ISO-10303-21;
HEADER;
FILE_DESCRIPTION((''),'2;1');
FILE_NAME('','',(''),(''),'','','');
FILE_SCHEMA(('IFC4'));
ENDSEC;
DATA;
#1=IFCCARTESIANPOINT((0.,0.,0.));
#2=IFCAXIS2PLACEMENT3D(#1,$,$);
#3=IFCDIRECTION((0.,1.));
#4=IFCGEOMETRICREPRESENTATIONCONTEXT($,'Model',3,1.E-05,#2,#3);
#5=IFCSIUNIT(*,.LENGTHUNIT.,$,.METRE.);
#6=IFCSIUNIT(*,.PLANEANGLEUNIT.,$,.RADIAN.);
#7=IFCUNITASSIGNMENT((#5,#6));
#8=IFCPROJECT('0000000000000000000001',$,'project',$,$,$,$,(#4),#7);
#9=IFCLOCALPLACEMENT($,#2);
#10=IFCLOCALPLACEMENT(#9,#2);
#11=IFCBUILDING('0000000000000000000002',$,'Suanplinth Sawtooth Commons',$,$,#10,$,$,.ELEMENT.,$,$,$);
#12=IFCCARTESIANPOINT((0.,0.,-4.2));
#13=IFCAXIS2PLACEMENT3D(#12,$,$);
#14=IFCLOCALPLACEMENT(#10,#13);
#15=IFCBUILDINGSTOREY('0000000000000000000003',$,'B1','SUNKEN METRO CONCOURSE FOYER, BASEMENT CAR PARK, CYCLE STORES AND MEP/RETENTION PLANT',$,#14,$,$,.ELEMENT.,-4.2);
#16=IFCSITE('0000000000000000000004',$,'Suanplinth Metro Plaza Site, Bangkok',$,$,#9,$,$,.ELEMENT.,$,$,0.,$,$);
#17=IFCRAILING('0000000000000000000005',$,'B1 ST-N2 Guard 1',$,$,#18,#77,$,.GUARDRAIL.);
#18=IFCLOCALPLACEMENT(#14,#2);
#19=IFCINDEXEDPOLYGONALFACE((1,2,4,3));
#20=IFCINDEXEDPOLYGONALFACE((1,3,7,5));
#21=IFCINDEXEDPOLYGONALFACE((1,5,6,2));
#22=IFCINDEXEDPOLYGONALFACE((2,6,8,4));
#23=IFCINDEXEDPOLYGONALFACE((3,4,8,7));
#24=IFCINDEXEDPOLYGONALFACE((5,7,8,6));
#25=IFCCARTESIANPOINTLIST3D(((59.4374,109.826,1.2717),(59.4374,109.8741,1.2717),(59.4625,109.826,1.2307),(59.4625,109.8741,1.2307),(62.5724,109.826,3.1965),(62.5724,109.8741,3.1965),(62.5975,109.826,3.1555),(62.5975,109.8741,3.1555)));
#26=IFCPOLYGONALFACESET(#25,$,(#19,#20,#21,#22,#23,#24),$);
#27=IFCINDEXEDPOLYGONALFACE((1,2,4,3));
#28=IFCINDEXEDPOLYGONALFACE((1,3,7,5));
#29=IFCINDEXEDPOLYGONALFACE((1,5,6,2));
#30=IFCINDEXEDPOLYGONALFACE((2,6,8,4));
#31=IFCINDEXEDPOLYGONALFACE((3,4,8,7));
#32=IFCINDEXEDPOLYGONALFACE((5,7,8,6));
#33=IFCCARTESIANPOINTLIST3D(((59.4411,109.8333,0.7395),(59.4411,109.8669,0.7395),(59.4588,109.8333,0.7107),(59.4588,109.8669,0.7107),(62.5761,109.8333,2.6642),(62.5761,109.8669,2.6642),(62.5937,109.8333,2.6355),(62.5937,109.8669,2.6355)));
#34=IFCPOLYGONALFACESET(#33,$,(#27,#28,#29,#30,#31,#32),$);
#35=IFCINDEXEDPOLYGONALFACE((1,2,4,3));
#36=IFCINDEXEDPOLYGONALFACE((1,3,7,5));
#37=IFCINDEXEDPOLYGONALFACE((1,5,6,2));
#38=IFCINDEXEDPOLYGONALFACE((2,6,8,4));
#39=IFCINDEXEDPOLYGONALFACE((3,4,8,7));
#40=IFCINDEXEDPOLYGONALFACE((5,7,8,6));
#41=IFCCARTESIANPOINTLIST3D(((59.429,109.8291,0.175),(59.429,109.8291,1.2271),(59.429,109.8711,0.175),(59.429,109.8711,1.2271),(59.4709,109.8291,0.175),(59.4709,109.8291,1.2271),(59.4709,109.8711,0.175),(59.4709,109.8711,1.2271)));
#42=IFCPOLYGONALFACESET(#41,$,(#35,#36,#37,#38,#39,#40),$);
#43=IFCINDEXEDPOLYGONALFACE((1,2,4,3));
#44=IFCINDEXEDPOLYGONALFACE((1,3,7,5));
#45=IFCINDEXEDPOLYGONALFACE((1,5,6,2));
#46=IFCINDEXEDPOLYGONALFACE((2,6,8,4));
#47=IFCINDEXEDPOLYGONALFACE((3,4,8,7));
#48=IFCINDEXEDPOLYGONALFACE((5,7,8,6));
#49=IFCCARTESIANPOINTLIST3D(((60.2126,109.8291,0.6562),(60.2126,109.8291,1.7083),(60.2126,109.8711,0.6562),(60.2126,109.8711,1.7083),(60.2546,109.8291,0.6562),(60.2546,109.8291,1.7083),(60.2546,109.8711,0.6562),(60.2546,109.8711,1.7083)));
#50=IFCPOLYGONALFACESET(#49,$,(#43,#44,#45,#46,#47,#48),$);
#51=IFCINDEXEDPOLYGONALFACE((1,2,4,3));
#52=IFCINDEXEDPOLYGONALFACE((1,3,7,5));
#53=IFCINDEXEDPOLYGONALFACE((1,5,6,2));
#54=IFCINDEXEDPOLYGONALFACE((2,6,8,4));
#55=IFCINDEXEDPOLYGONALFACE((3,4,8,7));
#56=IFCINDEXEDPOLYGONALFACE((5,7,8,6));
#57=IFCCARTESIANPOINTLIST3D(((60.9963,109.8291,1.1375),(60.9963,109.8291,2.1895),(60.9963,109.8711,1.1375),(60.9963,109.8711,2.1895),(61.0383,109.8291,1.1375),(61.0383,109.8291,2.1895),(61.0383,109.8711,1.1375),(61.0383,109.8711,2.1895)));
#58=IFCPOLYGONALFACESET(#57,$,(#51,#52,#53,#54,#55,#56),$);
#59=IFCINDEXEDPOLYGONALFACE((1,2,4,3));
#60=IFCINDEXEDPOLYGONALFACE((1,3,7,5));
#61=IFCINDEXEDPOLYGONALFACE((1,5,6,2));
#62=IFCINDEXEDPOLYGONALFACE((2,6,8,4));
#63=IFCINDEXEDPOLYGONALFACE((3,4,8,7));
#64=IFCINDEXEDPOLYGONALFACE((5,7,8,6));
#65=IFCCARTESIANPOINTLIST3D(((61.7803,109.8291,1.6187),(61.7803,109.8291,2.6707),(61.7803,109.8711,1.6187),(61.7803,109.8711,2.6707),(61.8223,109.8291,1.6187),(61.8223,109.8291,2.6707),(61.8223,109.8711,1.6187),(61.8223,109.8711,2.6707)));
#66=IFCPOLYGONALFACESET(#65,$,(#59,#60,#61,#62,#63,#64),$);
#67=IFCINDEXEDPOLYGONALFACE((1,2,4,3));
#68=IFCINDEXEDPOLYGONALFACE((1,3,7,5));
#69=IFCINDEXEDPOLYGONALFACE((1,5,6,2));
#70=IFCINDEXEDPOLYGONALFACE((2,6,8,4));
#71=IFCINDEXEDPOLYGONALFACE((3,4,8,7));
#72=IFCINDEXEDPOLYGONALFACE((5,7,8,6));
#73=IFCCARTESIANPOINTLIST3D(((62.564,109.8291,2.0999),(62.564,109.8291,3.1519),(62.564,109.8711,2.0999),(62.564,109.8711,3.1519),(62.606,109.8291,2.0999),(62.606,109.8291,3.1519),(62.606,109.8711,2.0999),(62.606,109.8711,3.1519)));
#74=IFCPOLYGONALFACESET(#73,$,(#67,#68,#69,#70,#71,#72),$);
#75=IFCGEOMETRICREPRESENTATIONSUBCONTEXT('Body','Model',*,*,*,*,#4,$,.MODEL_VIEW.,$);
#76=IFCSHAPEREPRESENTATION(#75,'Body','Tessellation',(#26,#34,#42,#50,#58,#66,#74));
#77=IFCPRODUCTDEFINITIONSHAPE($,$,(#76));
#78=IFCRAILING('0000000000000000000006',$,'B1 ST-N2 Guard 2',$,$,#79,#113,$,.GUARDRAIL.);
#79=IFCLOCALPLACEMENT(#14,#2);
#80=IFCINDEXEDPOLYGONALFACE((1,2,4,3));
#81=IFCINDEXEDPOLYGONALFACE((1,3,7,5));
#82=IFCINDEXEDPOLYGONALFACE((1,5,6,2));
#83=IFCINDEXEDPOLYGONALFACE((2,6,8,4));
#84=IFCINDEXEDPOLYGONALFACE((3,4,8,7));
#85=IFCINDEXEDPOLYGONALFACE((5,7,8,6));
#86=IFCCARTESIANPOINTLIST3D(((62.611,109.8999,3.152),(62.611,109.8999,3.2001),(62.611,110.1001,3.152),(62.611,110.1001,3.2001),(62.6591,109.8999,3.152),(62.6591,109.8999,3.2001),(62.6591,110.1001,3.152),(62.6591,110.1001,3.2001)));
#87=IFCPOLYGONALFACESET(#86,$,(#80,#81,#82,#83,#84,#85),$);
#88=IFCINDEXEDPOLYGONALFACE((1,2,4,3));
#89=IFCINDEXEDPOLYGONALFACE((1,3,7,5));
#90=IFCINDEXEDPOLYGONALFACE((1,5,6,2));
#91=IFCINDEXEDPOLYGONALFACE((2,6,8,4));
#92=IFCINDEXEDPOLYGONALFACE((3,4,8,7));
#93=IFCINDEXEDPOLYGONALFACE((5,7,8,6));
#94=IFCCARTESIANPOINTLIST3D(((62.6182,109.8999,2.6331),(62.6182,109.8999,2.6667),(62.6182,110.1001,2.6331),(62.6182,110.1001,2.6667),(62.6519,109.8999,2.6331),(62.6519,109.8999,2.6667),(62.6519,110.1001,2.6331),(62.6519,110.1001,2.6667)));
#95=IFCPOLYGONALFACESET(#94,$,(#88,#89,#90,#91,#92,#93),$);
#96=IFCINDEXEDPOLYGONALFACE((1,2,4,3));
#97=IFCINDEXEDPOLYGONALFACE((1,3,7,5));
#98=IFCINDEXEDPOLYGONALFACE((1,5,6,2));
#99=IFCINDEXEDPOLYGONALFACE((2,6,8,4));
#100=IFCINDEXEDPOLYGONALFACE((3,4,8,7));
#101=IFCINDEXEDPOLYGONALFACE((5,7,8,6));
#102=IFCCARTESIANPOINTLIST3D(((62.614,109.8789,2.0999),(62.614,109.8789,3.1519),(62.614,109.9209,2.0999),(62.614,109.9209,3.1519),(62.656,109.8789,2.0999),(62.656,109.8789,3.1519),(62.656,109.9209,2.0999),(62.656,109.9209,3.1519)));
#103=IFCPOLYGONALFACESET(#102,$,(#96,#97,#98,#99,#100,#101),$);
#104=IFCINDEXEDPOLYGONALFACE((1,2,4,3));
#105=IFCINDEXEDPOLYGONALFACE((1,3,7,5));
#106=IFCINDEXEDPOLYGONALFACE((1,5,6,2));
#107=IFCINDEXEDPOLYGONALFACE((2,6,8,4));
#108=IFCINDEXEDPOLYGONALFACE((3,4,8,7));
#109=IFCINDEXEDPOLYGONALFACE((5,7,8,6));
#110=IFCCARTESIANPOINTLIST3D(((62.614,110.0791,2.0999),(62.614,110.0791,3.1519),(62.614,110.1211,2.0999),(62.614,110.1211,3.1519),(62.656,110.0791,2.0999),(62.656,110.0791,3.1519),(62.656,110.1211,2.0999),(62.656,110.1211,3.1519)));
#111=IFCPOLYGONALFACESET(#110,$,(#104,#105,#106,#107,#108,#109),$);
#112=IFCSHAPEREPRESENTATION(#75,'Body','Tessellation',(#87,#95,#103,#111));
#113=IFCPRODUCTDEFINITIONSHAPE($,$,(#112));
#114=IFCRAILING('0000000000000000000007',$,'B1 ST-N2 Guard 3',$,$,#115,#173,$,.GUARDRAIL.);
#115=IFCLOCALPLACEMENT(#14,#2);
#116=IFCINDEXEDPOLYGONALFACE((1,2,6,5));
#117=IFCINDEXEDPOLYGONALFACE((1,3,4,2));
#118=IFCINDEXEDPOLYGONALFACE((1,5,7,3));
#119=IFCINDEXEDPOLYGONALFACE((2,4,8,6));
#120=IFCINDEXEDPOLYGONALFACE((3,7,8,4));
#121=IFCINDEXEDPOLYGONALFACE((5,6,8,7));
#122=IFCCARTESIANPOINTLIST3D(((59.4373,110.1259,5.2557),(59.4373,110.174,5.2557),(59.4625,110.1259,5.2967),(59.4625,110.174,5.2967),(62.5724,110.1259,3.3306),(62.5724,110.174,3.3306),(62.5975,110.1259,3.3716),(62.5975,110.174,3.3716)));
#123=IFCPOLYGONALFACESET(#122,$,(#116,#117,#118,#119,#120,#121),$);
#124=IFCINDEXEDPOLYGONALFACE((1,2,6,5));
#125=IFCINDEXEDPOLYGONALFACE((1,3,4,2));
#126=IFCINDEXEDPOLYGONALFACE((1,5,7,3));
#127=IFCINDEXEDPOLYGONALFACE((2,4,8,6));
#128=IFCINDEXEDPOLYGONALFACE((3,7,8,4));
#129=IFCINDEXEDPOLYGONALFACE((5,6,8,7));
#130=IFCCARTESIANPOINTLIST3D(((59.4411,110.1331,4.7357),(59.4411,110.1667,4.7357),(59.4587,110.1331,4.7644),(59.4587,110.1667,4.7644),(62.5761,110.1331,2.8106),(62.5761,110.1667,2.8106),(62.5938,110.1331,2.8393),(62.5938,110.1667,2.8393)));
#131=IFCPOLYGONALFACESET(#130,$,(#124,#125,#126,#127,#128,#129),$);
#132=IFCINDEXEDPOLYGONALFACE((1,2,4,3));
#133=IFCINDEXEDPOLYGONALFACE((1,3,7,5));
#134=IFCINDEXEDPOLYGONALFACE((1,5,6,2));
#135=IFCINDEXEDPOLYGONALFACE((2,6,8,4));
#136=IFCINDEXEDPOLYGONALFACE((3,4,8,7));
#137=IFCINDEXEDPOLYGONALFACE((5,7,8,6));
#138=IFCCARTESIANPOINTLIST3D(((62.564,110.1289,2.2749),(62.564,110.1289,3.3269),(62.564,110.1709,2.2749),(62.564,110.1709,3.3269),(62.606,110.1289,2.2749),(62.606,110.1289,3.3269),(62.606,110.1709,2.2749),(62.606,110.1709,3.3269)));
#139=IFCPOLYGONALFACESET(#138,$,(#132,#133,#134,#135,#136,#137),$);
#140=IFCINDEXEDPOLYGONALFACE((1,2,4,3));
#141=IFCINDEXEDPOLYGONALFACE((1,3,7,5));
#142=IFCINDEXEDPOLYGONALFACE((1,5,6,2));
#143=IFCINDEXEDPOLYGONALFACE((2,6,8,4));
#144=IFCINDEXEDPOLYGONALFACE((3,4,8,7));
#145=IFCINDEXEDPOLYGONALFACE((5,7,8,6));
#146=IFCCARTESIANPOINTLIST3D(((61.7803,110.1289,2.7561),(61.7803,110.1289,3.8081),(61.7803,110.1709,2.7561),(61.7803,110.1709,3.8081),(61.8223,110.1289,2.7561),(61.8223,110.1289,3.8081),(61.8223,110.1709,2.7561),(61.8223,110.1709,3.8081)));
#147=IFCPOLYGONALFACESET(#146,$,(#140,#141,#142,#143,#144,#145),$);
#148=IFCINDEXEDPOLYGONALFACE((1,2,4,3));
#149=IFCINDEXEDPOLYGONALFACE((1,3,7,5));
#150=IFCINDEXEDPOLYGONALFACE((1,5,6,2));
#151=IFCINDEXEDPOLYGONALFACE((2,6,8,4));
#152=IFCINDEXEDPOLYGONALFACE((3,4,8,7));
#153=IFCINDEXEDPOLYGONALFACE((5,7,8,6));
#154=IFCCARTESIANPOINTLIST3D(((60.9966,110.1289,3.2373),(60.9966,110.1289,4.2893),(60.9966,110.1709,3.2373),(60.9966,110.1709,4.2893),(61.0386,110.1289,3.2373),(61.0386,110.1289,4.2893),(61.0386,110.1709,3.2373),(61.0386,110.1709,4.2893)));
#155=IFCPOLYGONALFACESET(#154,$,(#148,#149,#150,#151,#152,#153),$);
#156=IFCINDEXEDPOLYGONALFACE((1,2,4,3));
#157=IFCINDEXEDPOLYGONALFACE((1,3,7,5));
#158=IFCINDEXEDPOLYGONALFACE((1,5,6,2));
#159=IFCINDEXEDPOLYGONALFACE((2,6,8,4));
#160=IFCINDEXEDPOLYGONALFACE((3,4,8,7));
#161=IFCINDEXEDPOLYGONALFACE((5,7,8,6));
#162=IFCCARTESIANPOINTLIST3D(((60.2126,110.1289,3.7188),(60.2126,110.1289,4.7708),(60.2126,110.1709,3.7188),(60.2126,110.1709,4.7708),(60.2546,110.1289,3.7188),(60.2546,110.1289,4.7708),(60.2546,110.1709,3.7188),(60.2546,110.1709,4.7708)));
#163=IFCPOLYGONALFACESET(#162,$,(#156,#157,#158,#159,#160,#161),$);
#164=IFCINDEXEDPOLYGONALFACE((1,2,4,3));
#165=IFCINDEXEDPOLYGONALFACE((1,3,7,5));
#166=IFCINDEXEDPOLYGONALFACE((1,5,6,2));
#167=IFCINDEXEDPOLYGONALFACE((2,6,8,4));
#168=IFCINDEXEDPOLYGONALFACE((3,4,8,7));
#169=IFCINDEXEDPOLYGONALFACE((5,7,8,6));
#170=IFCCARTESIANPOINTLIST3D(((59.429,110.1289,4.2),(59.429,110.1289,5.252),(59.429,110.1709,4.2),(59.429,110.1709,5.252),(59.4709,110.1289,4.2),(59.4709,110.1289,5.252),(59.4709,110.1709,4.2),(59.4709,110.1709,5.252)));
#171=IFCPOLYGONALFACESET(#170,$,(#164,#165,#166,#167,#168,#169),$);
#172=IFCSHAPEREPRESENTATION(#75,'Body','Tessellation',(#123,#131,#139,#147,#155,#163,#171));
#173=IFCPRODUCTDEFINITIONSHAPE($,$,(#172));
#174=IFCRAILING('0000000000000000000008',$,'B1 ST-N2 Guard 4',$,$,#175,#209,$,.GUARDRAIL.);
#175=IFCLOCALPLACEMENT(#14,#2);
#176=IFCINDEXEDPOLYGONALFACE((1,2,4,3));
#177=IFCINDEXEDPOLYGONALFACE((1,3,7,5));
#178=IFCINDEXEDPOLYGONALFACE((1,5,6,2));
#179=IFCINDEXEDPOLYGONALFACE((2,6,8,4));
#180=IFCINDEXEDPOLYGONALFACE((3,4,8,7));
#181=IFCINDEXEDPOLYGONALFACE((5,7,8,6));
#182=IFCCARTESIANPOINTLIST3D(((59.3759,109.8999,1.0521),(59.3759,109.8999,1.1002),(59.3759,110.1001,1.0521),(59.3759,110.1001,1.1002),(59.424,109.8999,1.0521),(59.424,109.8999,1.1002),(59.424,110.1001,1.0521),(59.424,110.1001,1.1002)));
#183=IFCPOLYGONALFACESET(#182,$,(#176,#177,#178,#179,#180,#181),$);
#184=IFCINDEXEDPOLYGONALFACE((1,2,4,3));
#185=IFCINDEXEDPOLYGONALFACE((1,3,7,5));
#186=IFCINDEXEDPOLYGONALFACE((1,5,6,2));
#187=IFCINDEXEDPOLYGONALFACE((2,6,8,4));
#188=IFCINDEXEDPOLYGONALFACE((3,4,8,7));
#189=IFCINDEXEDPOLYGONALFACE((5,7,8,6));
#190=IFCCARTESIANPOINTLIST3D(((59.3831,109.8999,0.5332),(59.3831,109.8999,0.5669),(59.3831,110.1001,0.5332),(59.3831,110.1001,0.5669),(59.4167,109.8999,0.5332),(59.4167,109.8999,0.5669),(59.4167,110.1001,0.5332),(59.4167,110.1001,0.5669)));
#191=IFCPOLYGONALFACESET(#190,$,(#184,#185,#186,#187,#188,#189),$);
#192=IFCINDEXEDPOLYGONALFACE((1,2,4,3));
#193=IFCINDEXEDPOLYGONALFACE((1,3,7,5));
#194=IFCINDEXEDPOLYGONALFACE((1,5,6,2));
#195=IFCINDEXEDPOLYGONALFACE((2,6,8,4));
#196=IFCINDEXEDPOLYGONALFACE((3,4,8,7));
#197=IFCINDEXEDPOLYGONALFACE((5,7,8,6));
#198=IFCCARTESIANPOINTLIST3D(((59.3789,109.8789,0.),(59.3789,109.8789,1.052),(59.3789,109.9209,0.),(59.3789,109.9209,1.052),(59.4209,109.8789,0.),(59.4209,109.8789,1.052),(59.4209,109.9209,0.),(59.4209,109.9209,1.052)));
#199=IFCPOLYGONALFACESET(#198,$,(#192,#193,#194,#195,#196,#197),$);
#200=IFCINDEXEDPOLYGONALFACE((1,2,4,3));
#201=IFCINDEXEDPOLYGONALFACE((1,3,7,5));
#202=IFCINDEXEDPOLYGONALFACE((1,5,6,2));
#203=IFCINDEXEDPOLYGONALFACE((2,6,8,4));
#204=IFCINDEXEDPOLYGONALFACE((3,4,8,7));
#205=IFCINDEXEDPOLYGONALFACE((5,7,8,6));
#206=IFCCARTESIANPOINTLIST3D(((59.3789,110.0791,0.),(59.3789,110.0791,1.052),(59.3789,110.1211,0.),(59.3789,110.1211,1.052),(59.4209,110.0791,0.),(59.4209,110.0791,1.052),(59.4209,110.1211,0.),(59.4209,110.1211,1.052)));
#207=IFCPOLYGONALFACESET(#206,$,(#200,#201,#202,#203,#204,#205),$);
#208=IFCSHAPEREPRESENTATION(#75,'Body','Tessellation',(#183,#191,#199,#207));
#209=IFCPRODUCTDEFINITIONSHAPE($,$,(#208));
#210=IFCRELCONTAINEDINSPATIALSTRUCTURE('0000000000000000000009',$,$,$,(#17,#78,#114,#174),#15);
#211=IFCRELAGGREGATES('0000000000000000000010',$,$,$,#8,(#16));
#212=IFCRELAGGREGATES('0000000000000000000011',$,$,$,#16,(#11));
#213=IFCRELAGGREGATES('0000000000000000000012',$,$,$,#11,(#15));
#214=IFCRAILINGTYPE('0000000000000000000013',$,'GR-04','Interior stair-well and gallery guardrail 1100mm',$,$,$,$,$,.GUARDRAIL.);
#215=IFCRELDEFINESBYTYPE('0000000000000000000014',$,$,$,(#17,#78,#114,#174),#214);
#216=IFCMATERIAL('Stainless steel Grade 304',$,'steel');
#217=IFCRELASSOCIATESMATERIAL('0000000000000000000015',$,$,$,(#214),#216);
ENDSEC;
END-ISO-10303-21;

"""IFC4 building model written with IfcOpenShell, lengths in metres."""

from ifc_helpers import new_model, si_unit, direction, frame, origin, origin_2d, place, context, subcontext, project, spatial, rectangle, extrude, material, type_object, element, save


model = new_model("IFC4")

# Units and contexts
model_context = context("Model", 3, precision=1e-05, world=origin(), true_north=direction((0.0, 1.0)))
body_context = subcontext(model_context, "Body", "Model", "MODEL_VIEW")
ifc_project = project(units=[si_unit("LENGTHUNIT", "METRE"), si_unit("PLANEANGLEUNIT", "RADIAN")], contexts=[model_context])

# Site, building, storey
site_placement = place(None, origin())
site = spatial("IfcSite", under=ifc_project, at=site_placement, Name="Suanplinth Metro Plaza Site, Bangkok", CompositionType="ELEMENT", RefElevation=0.0)
building_placement = place(site_placement, origin())
building = spatial("IfcBuilding", under=site, at=building_placement, Name="Suanplinth Sawtooth Commons", CompositionType="ELEMENT")
storey_placement = place(building_placement, frame((0.0, 0.0, -4.2)))
storey = spatial("IfcBuildingStorey", under=building, at=storey_placement, Name="B1", Description="SUNKEN METRO CONCOURSE FOYER, BASEMENT CAR PARK, CYCLE STORES AND MEP/RETENTION PLANT", CompositionType="ELEMENT", Elevation=-4.2)

# Railings
ifc_material_1 = material(Name="Stainless steel Grade 304", Category="steel")
railing_type_1 = type_object("IfcRailingType", Name="GR-04", Description="Interior stair-well and gallery guardrail 1100mm", PredefinedType="GUARDRAIL", material=ifc_material_1)
railing_1_placement = place(storey_placement, frame((59.45, 109.8501, 0.175)))
element("IfcRailing", 1, at=railing_1_placement, inside=storey, type_object=railing_type_1, Name="B1 ST-N2 Guard 1", PredefinedType="GUARDRAIL", context=body_context, shape_type="SweptSolid", body=[
    extrude(rectangle(XDim=0.0481, YDim=0.0481, at=origin_2d()), frame((0.0, 0.0, 1.0762), z_axis=(0.852196, 0.0, 0.523223), x_axis=(0.0, 1.0, 0.0)), (0.0, 0.0, 1.0), 3.6787),
    extrude(rectangle(XDim=0.0337, YDim=0.0337, at=origin_2d()), frame((0.0, 0.0, 0.55), z_axis=(0.852196, 0.0, 0.523223), x_axis=(0.0, 1.0, 0.0)), (0.0, 0.0, 1.0), 3.6787),
    extrude(rectangle(XDim=0.042, YDim=0.042, at=origin_2d()), origin(), (0.0, 0.0, 1.0), 1.052),
    extrude(rectangle(XDim=0.042, YDim=0.042, at=origin_2d()), frame((0.7837, 0.0, 0.4812)), (0.0, 0.0, 1.0), 1.052),
    extrude(rectangle(XDim=0.042, YDim=0.042, at=origin_2d()), frame((1.5674, 0.0, 0.9624)), (0.0, 0.0, 1.0), 1.052),
    extrude(rectangle(XDim=0.042, YDim=0.042, at=origin_2d()), frame((2.3513, 0.0, 1.4436)), (0.0, 0.0, 1.0), 1.052),
    extrude(rectangle(XDim=0.042, YDim=0.042, at=origin_2d()), frame((3.135, 0.0, 1.9248)), (0.0, 0.0, 1.0), 1.052),
])
railing_2_placement = place(storey_placement, frame((62.635, 109.8999, 2.0999)))
element("IfcRailing", 2, at=railing_2_placement, inside=storey, type_object=railing_type_1, Name="B1 ST-N2 Guard 2", PredefinedType="GUARDRAIL", context=body_context, shape_type="SweptSolid", body=[
    extrude(rectangle(XDim=0.0481, YDim=0.0481, at=origin_2d()), frame((0.0, 0.0, 1.0762), z_axis=(0.0, 1.0, 0.0), x_axis=(-1.0, 0.0, 0.0)), (0.0, 0.0, 1.0), 0.2002),
    extrude(rectangle(XDim=0.0337, YDim=0.0337, at=origin_2d()), frame((0.0, 0.0, 0.55), z_axis=(0.0, 1.0, 0.0), x_axis=(-1.0, 0.0, 0.0)), (0.0, 0.0, 1.0), 0.2002),
    extrude(rectangle(XDim=0.042, YDim=0.042, at=origin_2d()), origin(), (0.0, 0.0, 1.0), 1.052),
    extrude(rectangle(XDim=0.042, YDim=0.042, at=origin_2d()), frame((0.0, 0.2002, 0.0)), (0.0, 0.0, 1.0), 1.052),
])
railing_3_placement = place(storey_placement, frame((62.585, 110.1499, 2.2749)))
element("IfcRailing", 3, at=railing_3_placement, inside=storey, type_object=railing_type_1, Name="B1 ST-N2 Guard 3", PredefinedType="GUARDRAIL", context=body_context, shape_type="SweptSolid", body=[
    extrude(rectangle(XDim=0.0481, YDim=0.0481, at=origin_2d()), frame((0.0, 0.0, 1.0762), z_axis=(-0.852166, 0.0, 0.523271), x_axis=(0.0, -1.0, 0.0)), (0.0, 0.0, 1.0), 3.679),
    extrude(rectangle(XDim=0.0337, YDim=0.0337, at=origin_2d()), frame((0.0, 0.0, 0.55), z_axis=(-0.852166, 0.0, 0.523271), x_axis=(0.0, -1.0, 0.0)), (0.0, 0.0, 1.0), 3.679),
    extrude(rectangle(XDim=0.042, YDim=0.042, at=origin_2d()), origin(), (0.0, 0.0, 1.0), 1.052),
    extrude(rectangle(XDim=0.042, YDim=0.042, at=origin_2d()), frame((-0.7837, 0.0, 0.4812)), (0.0, 0.0, 1.0), 1.052),
    extrude(rectangle(XDim=0.042, YDim=0.042, at=origin_2d()), frame((-1.5674, 0.0, 0.9624)), (0.0, 0.0, 1.0), 1.052),
    extrude(rectangle(XDim=0.042, YDim=0.042, at=origin_2d()), frame((-2.3513, 0.0, 1.4438)), (0.0, 0.0, 1.0), 1.052),
    extrude(rectangle(XDim=0.042, YDim=0.042, at=origin_2d()), frame((-3.135, 0.0, 1.925)), (0.0, 0.0, 1.0), 1.052),
])
railing_4_placement = place(storey_placement, frame((59.3999, 109.8999, 0.0)))
element("IfcRailing", 4, at=railing_4_placement, inside=storey, type_object=railing_type_1, Name="B1 ST-N2 Guard 4", PredefinedType="GUARDRAIL", context=body_context, shape_type="SweptSolid", body=[
    extrude(rectangle(XDim=0.0481, YDim=0.0481, at=origin_2d()), frame((0.0, 0.0, 1.0762), z_axis=(0.0, 1.0, 0.0), x_axis=(-1.0, 0.0, 0.0)), (0.0, 0.0, 1.0), 0.2002),
    extrude(rectangle(XDim=0.0337, YDim=0.0337, at=origin_2d()), frame((0.0, 0.0, 0.55), z_axis=(0.0, 1.0, 0.0), x_axis=(-1.0, 0.0, 0.0)), (0.0, 0.0, 1.0), 0.2002),
    extrude(rectangle(XDim=0.042, YDim=0.042, at=origin_2d()), origin(), (0.0, 0.0, 1.0), 1.052),
    extrude(rectangle(XDim=0.042, YDim=0.042, at=origin_2d()), frame((0.0, 0.2002, 0.0)), (0.0, 0.0, 1.0), 1.052),
])

save(model, "model.ifc")
